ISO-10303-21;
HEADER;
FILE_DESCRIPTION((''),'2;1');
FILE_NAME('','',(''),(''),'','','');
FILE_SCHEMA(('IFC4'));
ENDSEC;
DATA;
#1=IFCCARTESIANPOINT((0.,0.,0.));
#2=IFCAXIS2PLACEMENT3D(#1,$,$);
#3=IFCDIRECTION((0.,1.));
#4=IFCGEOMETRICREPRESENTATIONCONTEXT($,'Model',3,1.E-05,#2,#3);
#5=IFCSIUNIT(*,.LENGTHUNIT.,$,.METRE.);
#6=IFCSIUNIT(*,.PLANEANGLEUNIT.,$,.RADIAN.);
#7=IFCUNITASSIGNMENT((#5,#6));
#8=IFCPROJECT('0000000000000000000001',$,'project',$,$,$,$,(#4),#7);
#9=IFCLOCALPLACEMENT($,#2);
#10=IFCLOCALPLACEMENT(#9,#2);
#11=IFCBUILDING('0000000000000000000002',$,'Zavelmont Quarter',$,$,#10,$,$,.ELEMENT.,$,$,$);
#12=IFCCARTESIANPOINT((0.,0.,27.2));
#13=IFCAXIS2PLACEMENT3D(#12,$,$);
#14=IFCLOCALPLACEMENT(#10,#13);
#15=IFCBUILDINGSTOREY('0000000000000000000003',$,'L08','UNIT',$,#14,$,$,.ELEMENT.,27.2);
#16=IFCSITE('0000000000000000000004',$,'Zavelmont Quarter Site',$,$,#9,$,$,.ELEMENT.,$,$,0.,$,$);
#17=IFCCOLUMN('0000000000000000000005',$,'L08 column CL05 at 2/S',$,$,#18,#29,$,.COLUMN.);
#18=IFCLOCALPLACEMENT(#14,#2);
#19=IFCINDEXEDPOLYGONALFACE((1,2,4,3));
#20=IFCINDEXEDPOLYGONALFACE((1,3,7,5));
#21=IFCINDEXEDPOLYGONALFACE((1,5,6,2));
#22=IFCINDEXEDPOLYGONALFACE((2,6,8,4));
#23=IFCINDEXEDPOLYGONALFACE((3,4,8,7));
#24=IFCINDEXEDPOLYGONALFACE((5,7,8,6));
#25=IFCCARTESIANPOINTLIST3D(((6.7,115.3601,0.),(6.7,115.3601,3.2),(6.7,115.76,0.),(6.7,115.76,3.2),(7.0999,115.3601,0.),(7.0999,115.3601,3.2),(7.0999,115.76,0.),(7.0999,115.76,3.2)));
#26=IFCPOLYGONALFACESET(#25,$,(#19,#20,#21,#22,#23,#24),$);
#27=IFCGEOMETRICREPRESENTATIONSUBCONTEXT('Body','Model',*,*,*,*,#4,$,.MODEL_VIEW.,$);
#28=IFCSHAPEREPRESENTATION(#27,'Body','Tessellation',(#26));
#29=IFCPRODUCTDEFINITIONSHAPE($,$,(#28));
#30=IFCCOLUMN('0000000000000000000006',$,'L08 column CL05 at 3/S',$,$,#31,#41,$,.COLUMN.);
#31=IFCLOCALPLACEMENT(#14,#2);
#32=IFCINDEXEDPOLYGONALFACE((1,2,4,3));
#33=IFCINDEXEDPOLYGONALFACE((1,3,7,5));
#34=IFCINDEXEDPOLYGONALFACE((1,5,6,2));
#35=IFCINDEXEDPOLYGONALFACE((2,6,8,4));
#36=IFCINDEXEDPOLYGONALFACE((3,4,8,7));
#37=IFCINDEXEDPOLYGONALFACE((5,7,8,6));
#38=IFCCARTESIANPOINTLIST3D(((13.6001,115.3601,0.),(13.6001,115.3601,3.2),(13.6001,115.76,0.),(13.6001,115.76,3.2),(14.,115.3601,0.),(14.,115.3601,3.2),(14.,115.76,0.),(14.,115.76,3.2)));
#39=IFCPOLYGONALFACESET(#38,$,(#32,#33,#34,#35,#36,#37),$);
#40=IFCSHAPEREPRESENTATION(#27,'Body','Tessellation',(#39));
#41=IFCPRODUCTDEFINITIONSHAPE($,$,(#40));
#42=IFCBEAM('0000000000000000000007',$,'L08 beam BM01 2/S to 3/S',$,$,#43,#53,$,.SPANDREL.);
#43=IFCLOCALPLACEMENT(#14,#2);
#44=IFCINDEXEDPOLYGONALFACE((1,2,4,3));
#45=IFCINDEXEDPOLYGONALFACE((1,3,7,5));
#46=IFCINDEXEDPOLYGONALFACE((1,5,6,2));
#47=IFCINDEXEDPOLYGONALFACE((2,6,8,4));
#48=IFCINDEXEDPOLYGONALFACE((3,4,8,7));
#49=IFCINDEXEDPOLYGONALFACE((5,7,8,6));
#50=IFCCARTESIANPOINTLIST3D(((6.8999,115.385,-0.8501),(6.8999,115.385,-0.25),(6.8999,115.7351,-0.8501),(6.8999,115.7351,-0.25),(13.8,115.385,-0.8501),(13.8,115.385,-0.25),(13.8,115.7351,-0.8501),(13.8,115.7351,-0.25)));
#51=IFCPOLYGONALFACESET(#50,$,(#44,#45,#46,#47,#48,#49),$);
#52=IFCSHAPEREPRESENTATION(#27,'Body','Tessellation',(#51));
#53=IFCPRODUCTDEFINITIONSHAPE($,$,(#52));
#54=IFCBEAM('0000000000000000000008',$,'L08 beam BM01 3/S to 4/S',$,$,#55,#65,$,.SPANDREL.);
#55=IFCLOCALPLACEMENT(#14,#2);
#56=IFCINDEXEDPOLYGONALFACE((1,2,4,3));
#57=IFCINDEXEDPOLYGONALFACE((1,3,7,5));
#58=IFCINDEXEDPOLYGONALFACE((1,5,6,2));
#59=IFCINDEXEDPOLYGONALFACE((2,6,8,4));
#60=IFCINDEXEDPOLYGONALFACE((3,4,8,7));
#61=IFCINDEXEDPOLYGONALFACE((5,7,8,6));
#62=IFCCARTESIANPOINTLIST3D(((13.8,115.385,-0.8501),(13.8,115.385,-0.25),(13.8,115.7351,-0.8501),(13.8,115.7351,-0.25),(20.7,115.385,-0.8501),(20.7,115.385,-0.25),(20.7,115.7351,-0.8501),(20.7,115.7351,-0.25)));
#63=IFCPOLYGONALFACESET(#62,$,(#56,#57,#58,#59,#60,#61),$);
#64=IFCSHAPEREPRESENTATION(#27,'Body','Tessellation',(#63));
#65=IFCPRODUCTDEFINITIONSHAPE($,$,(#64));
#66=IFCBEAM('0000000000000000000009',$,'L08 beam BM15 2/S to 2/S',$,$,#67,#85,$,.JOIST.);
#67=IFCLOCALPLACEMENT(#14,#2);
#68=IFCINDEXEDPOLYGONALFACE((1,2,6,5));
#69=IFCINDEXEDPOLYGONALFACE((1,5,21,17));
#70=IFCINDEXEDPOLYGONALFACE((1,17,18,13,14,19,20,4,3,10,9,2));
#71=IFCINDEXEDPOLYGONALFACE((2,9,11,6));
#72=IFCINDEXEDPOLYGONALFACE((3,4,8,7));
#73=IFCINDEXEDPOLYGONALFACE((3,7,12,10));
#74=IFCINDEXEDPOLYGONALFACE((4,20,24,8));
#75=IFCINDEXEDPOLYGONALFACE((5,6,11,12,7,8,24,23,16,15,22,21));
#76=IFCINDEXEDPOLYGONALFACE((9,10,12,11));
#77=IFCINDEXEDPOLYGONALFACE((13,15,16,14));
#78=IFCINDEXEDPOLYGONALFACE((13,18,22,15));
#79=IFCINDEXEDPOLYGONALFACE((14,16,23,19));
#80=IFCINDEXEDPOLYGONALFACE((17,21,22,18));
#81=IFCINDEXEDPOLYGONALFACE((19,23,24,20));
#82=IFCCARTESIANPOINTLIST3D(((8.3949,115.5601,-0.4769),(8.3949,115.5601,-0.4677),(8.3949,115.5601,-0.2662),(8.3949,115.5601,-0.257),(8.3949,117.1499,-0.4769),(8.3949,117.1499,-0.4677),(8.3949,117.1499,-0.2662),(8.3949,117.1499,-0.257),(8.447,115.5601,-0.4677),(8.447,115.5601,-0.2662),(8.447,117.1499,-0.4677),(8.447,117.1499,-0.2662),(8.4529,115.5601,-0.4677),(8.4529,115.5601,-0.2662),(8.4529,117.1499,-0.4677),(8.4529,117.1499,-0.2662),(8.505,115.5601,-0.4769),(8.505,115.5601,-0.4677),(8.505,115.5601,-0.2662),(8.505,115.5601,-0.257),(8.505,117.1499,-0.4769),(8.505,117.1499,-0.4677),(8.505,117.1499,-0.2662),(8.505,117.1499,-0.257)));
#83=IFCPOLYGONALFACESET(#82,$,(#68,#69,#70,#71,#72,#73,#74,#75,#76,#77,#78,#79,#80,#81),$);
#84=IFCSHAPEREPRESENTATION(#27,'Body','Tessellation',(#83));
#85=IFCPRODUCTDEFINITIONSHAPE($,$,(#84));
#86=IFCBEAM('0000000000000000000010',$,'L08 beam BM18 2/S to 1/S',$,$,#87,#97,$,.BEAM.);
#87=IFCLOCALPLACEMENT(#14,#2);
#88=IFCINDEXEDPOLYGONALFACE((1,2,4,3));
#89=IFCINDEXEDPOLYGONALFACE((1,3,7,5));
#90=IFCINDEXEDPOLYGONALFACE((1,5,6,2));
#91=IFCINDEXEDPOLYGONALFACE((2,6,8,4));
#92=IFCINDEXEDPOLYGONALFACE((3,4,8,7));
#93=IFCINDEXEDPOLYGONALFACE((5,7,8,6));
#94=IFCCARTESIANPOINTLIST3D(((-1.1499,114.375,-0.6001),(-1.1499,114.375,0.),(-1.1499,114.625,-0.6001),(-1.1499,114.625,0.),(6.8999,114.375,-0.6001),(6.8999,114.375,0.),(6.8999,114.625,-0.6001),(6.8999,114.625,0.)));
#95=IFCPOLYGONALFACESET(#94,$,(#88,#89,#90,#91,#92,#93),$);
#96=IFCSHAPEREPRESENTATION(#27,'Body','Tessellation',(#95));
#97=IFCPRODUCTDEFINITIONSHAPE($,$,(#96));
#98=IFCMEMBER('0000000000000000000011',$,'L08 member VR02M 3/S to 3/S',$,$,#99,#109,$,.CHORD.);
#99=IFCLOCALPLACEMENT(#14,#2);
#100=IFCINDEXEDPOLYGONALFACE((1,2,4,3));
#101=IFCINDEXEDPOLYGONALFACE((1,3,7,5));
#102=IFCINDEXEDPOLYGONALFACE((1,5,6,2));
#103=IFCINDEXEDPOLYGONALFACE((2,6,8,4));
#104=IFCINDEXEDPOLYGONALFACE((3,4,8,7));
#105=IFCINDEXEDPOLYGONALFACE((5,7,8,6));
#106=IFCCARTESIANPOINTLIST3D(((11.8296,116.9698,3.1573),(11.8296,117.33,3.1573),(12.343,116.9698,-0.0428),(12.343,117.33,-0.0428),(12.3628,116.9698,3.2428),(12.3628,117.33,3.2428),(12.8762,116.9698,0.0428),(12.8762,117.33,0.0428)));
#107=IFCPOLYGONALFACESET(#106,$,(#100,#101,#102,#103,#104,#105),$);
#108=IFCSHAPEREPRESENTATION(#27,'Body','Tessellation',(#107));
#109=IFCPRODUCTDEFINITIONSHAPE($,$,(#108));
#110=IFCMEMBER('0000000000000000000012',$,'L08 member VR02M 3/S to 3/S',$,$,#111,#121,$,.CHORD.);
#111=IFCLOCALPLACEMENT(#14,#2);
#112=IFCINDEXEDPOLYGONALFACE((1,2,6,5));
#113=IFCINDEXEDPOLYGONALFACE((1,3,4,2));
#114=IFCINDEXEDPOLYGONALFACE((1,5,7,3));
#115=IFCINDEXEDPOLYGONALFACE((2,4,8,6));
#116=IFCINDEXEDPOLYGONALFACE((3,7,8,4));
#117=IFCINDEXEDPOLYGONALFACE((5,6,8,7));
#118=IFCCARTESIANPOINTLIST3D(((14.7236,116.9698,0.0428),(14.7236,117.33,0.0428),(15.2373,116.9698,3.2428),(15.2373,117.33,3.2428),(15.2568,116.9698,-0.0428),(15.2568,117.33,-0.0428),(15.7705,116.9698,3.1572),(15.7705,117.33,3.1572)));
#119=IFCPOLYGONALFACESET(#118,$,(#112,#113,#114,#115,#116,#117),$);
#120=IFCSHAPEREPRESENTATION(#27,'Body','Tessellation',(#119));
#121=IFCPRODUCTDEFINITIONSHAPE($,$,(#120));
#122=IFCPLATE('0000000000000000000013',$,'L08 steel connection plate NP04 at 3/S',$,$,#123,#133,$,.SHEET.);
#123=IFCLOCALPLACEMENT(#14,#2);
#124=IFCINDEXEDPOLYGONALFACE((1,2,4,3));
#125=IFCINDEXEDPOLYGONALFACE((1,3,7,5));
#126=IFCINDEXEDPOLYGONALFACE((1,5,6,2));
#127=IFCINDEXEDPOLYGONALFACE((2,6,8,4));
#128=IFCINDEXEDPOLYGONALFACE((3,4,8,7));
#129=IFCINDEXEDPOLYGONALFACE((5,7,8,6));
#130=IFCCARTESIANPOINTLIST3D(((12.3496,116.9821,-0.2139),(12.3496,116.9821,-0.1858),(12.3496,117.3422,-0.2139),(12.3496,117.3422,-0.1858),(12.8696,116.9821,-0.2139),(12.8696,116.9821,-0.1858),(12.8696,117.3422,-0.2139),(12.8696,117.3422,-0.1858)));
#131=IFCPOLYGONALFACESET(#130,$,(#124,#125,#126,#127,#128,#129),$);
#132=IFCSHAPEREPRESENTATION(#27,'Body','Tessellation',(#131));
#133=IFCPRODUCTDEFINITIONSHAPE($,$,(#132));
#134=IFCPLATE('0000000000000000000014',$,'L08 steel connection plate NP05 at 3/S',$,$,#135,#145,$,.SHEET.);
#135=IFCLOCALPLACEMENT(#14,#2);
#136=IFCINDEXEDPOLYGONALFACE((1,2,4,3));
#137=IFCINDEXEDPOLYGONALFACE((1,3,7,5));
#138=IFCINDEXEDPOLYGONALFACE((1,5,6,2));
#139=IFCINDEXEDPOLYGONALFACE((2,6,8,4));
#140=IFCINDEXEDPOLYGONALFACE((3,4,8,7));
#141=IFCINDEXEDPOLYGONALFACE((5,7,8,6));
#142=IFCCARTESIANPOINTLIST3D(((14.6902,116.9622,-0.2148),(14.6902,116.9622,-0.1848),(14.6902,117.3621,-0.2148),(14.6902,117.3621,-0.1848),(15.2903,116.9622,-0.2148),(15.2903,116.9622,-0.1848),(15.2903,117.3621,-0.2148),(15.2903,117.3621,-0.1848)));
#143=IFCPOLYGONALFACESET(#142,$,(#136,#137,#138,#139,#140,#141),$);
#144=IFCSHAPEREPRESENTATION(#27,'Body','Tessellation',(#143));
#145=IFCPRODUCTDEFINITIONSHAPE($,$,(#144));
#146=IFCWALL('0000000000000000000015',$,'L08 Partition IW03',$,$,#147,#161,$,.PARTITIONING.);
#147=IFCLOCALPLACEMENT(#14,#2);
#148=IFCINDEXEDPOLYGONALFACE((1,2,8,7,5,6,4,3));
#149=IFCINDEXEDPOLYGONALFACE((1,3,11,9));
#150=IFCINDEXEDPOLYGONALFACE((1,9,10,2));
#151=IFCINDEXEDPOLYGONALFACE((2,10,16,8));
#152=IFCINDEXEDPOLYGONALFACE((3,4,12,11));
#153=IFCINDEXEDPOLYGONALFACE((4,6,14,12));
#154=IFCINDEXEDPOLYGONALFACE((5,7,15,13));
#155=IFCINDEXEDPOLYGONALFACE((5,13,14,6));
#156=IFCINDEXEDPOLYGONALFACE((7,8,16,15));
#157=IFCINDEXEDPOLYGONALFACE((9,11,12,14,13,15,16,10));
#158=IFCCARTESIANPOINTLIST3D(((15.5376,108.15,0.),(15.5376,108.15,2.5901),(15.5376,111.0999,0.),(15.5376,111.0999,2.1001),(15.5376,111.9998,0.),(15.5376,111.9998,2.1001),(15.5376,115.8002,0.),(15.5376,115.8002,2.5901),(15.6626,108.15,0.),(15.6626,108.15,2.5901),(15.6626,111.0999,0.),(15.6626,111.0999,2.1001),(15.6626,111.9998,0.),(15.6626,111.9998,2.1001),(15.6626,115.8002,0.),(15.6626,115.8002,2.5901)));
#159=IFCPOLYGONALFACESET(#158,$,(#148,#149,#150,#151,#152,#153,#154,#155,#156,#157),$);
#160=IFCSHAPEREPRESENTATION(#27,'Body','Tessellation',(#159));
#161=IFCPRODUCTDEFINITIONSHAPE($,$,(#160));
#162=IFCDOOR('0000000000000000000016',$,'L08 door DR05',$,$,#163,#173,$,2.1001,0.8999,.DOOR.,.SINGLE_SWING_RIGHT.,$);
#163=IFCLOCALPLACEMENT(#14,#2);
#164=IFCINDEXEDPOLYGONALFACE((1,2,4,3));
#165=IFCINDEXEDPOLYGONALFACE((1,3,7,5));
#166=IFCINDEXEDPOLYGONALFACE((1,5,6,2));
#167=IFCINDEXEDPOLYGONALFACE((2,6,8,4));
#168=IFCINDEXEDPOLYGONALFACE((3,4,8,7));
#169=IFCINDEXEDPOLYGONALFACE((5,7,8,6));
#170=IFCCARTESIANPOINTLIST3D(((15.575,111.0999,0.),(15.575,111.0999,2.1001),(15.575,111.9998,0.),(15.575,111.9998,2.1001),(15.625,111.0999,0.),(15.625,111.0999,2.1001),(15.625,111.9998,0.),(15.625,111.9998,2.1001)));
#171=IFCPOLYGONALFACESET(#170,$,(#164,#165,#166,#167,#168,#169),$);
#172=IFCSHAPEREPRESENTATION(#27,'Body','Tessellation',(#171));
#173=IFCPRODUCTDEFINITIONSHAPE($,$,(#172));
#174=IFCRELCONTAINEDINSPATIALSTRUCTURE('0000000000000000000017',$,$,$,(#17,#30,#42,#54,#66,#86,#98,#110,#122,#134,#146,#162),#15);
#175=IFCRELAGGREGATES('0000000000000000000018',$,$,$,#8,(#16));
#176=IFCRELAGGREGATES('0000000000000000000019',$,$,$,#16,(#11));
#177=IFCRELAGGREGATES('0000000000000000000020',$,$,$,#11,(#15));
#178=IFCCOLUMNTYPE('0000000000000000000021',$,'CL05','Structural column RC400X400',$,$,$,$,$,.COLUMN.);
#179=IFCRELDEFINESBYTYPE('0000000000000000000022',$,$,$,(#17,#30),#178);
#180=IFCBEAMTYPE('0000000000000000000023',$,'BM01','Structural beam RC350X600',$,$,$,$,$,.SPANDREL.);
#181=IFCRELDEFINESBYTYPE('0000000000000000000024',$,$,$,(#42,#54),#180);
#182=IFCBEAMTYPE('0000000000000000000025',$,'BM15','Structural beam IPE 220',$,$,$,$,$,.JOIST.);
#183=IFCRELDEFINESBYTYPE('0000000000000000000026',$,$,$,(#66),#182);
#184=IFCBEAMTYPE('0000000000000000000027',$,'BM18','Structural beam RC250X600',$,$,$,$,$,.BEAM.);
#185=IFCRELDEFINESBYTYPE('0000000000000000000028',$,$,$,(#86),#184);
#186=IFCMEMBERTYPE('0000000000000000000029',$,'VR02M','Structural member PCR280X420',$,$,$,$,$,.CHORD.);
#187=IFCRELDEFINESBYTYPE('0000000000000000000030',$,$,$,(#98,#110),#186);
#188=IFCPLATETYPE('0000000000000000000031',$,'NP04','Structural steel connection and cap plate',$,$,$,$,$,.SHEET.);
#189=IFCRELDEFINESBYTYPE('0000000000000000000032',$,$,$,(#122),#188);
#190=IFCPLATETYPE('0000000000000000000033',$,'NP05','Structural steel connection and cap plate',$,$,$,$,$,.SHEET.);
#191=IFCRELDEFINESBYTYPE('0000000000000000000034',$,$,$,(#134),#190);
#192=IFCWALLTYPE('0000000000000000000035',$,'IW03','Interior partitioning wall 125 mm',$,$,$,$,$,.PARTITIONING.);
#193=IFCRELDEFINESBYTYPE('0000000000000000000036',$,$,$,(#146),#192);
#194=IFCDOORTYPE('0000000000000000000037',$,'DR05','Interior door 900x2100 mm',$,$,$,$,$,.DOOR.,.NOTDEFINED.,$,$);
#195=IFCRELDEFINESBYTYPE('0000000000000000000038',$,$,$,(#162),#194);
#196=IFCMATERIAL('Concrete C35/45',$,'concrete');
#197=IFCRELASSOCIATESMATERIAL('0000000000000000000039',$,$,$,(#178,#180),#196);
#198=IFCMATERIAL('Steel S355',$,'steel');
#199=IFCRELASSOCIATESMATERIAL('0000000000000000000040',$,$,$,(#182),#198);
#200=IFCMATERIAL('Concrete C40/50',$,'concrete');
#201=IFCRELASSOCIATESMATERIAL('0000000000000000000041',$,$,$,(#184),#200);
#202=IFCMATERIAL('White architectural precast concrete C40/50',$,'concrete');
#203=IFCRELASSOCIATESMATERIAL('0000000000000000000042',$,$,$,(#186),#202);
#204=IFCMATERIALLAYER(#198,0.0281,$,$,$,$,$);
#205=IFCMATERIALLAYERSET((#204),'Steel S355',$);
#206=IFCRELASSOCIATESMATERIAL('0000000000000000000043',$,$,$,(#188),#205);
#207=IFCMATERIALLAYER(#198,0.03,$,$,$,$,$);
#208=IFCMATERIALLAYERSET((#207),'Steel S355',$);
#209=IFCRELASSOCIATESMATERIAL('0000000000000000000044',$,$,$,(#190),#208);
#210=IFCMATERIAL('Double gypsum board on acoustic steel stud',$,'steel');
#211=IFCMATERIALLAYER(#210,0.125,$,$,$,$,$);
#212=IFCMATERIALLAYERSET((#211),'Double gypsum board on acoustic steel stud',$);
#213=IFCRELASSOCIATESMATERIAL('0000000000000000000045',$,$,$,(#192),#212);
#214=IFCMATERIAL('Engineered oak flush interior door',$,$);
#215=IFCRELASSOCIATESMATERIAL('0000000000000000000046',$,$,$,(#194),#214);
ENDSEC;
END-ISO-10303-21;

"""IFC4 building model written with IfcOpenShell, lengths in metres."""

from ifc_helpers import new_model, si_unit, direction, frame, frame_2d, origin, origin_2d, place, context, subcontext, project, spatial, rectangle, i_section, extrude, material, layer, layer_set, material_profile, profile_set, type_object, element, fill, save


model = new_model("IFC4")

# Units and contexts
model_context = context("Model", 3, precision=1e-05, world=origin(), true_north=direction((0.0, 1.0)))
body_context = subcontext(model_context, "Body", "Model", "MODEL_VIEW")
ifc_project = project(units=[si_unit("LENGTHUNIT", "METRE"), si_unit("PLANEANGLEUNIT", "RADIAN")], contexts=[model_context])

# Site, building, storey
site_placement = place(None, origin())
site = spatial("IfcSite", under=ifc_project, at=site_placement, Name="Zavelmont Quarter Site", CompositionType="ELEMENT", RefElevation=0.0)
building_placement = place(site_placement, origin())
building = spatial("IfcBuilding", under=site, at=building_placement, Name="Zavelmont Quarter", CompositionType="ELEMENT")
storey_placement = place(building_placement, frame((0.0, 0.0, 27.2)))
storey = spatial("IfcBuildingStorey", under=building, at=storey_placement, Name="L08", Description="UNIT", CompositionType="ELEMENT", Elevation=27.2)

# Columns
ifc_material_1 = material(Name="Concrete C35/45", Category="concrete")
ifc_material_profile_1 = material_profile(ifc_material_1, rectangle(XDim=0.3999, YDim=0.3999, at=origin_2d()), Name="RC400X400")
ifc_profile_set_1 = profile_set([ifc_material_profile_1], Name="Concrete C35/45")
column_type = type_object("IfcColumnType", Name="CL05", Description="Structural column RC400X400", PredefinedType="COLUMN", material=ifc_profile_set_1)
for number, where, z_axis, x_axis, name in (
    (1, (6.8999, 115.5601, 0.0), (0.0, 0.0, 1.0), (1.0, 0.0, 0.0), "L08 column CL05 at 2/S"),
    (2, (13.8, 115.5601, 0.0), (0.0, 0.0, 1.0), (1.0, 0.0, 0.0), "L08 column CL05 at 3/S"),
):
    element("IfcColumn", number, at=place(storey_placement, frame(where, z_axis=z_axis, x_axis=x_axis)), inside=storey, type_object=column_type, Name=name, PredefinedType="COLUMN", context=body_context, shape_type="SweptSolid", body=[
        extrude(rectangle(XDim=0.3999, YDim=0.3999, at=origin_2d()), origin(), (0.0, 0.0, 1.0), 3.2),
    ])

# Beams
ifc_material_profile_2 = material_profile(ifc_material_1, rectangle(XDim=0.3501, YDim=0.6001, at=origin_2d()), Name="RC350X600")
ifc_profile_set_2 = profile_set([ifc_material_profile_2], Name="Concrete C35/45")
beam_type_1 = type_object("IfcBeamType", Name="BM01", Description="Structural beam RC350X600", PredefinedType="SPANDREL", material=ifc_profile_set_2)
beam_1_placement = place(storey_placement, frame((6.8999, 115.5601, -0.55), z_axis=(1.0, 0.0, 0.0), x_axis=(0.0, 1.0, 0.0)))
element("IfcBeam", 3, at=beam_1_placement, inside=storey, type_object=beam_type_1, Name="L08 beam BM01 2/S to 3/S", PredefinedType="SPANDREL", context=body_context, shape_type="SweptSolid", body=[
    extrude(rectangle(XDim=0.3501, YDim=0.6001, at=origin_2d()), origin(), (0.0, 0.0, 1.0), 6.9001),
])
beam_2_placement = place(storey_placement, frame((13.8, 115.5601, -0.55), z_axis=(1.0, 0.0, 0.0), x_axis=(0.0, 1.0, 0.0)))
element("IfcBeam", 4, at=beam_2_placement, inside=storey, type_object=beam_type_1, Name="L08 beam BM01 3/S to 4/S", PredefinedType="SPANDREL", context=body_context, shape_type="SweptSolid", body=[
    extrude(rectangle(XDim=0.3501, YDim=0.6001, at=origin_2d()), origin(), (0.0, 0.0, 1.0), 6.8999),
])
ifc_material_2 = material(Name="Steel S355", Category="steel")
ifc_material_profile_3 = material_profile(ifc_material_2, i_section(OverallWidth=0.1101, OverallDepth=0.22, WebThickness=0.0059, FlangeThickness=0.0093, at=origin_2d()), Name="IPE 220")
ifc_profile_set_3 = profile_set([ifc_material_profile_3], Name="Steel S355")
beam_type_2 = type_object("IfcBeamType", Name="BM15", Description="Structural beam IPE 220", PredefinedType="JOIST", material=ifc_profile_set_3)
beam_3_placement = place(storey_placement, frame((8.45, 115.5601, -0.3669), z_axis=(0.0, 1.0, 0.0), x_axis=(-1.0, 0.0, 0.0)))
element("IfcBeam", 5, at=beam_3_placement, inside=storey, type_object=beam_type_2, Name="L08 beam BM15 2/S to 2/S", PredefinedType="JOIST", context=body_context, shape_type="SweptSolid", body=[
    extrude(i_section(OverallWidth=0.1101, OverallDepth=0.22, WebThickness=0.0059, FlangeThickness=0.0093, at=origin_2d()), origin(), (0.0, 0.0, 1.0), 1.5898),
])
ifc_material_3 = material(Name="Concrete C40/50", Category="concrete")
ifc_material_profile_4 = material_profile(ifc_material_3, rectangle(XDim=0.25, YDim=0.6001, at=origin_2d()), Name="RC250X600")
ifc_profile_set_4 = profile_set([ifc_material_profile_4], Name="Concrete C40/50")
beam_type_3 = type_object("IfcBeamType", Name="BM18", Description="Structural beam RC250X600", PredefinedType="BEAM", material=ifc_profile_set_4)
beam_4_placement = place(storey_placement, frame((6.8999, 114.5, -0.3), z_axis=(-1.0, 0.0, 0.0), x_axis=(0.0, -1.0, 0.0)))
element("IfcBeam", 6, at=beam_4_placement, inside=storey, type_object=beam_type_3, Name="L08 beam BM18 2/S to 1/S", PredefinedType="BEAM", context=body_context, shape_type="SweptSolid", body=[
    extrude(rectangle(XDim=0.25, YDim=0.6001, at=origin_2d()), origin(), (0.0, 0.0, 1.0), 8.0498),
])

# Members
ifc_material_4 = material(Name="White architectural precast concrete C40/50", Category="concrete")
ifc_material_profile_5 = material_profile(ifc_material_4, rectangle(XDim=0.3601, YDim=0.54, at=origin_2d()), Name="PCR280X420")
ifc_profile_set_5 = profile_set([ifc_material_profile_5], Name="White architectural precast concrete C40/50")
member_type = type_object("IfcMemberType", Name="VR02M", Description="Structural member PCR280X420", PredefinedType="CHORD", material=ifc_profile_set_5)
for number, where, z_axis, x_axis, name in (
    (7, (12.6096, 117.1499, 0.0), (-0.158422, 0.0, 0.987371), (0.0, -1.0, 0.0), "L08 member VR02M 3/S to 3/S"),
    (8, (14.9902, 117.1499, 0.0), (0.158496, 0.0, 0.98736), (0.0, 1.0, 0.0), "L08 member VR02M 3/S to 3/S"),
):
    element("IfcMember", number, at=place(storey_placement, frame(where, z_axis=z_axis, x_axis=x_axis)), inside=storey, type_object=member_type, Name=name, PredefinedType="CHORD", context=body_context, shape_type="SweptSolid", body=[
        extrude(rectangle(XDim=0.3601, YDim=0.54, at=origin_2d()), origin(), (0.0, 0.0, 1.0), 3.241),
    ])

# Plates
ifc_layer_1 = layer(ifc_material_2, 0.0281)
ifc_layer_set_1 = layer_set([ifc_layer_1], Name="Steel S355")
plate_type_1 = type_object("IfcPlateType", Name="NP04", Description="Structural steel connection and cap plate", PredefinedType="SHEET", material=ifc_layer_set_1)
plate_1_placement = place(storey_placement, frame((12.6096, 117.1621, -0.2139), z_axis=(0.0, 0.0, 1.0), x_axis=(1.0, 0.0, 0.0)))
element("IfcPlate", 9, at=plate_1_placement, inside=storey, type_object=plate_type_1, Name="L08 steel connection plate NP04 at 3/S", PredefinedType="SHEET", context=body_context, shape_type="SweptSolid", body=[
    extrude(rectangle(XDim=0.52, YDim=0.3601, at=origin_2d()), origin(), (0.0, 0.0, 1.0), 0.0281),
])
ifc_layer_2 = layer(ifc_material_2, 0.03)
ifc_layer_set_2 = layer_set([ifc_layer_2], Name="Steel S355")
plate_type_2 = type_object("IfcPlateType", Name="NP05", Description="Structural steel connection and cap plate", PredefinedType="SHEET", material=ifc_layer_set_2)
plate_2_placement = place(storey_placement, frame((14.9902, 117.1621, -0.2148), z_axis=(0.0, 0.0, 1.0), x_axis=(1.0, 0.0, 0.0)))
element("IfcPlate", 10, at=plate_2_placement, inside=storey, type_object=plate_type_2, Name="L08 steel connection plate NP05 at 3/S", PredefinedType="SHEET", context=body_context, shape_type="SweptSolid", body=[
    extrude(rectangle(XDim=0.6001, YDim=0.3999, at=origin_2d()), origin(), (0.0, 0.0, 1.0), 0.03),
])

# Wall, opening, door
ifc_material_5 = material(Name="Double gypsum board on acoustic steel stud", Category="steel")
ifc_layer_3 = layer(ifc_material_5, 0.125)
ifc_layer_set_3 = layer_set([ifc_layer_3], Name="Double gypsum board on acoustic steel stud")
wall_type_1 = type_object("IfcWallType", Name="IW03", Description="Interior partitioning wall 125 mm", PredefinedType="PARTITIONING", material=ifc_layer_set_3)
wall_1_placement = place(storey_placement, frame((15.6001, 108.1499, 0.0), z_axis=(0.0, 0.0, 1.0), x_axis=(0.0, 1.0, 0.0)))
wall_1 = element("IfcWall", 11, at=wall_1_placement, inside=storey, type_object=wall_type_1, Name="L08 Partition IW03", PredefinedType="PARTITIONING", context=body_context, shape_type="SweptSolid", body=[
    extrude(rectangle(XDim=7.6501, YDim=0.125, at=frame_2d((3.8252, 0.0))), origin(), (0.0, 0.0, 1.0), 2.5901),
])
opening_1_placement = place(wall_1_placement, frame((2.95, 0.0, 0.0)))
opening_1 = element("IfcOpeningElement", 12, at=opening_1_placement, cuts=wall_1, PredefinedType="OPENING", context=body_context, shape_type="SweptSolid", body=[
    extrude(rectangle(XDim=0.8999, YDim=2.1001, at=frame_2d((0.45, 1.05))), frame((0.0, 0.0745, 0.0), z_axis=(0.0, -1.0, 0.0), x_axis=(1.0, 0.0, 0.0)), (0.0, 0.0, 1.0), 0.1489),
])
ifc_material_6 = material(Name="Engineered oak flush interior door")
door_type_1 = type_object("IfcDoorType", Name="DR05", Description="Interior door 900x2100 mm", OperationType="NOTDEFINED", PredefinedType="DOOR", material=ifc_material_6)
door_1_placement = place(opening_1_placement, frame((0.8999, 0.0, 0.0), z_axis=(0.0, 0.0, 1.0), x_axis=(-1.0, 0.0, 0.0)))
door_1 = element("IfcDoor", 13, at=door_1_placement, inside=storey, type_object=door_type_1, Name="L08 door DR05", OperationType="SINGLE_SWING_RIGHT", OverallHeight=2.1001, OverallWidth=0.8999, PredefinedType="DOOR", context=body_context, shape_type="SweptSolid", body=[
    extrude(rectangle(XDim=0.8999, YDim=2.1001, at=frame_2d((0.45, 1.05))), frame((0.0, 0.0249, 0.0), z_axis=(0.0, -1.0, 0.0), x_axis=(1.0, 0.0, 0.0)), (0.0, 0.0, 1.0), 0.05),
])
fill(opening_1, door_1)

save(model, "model.ifc")
